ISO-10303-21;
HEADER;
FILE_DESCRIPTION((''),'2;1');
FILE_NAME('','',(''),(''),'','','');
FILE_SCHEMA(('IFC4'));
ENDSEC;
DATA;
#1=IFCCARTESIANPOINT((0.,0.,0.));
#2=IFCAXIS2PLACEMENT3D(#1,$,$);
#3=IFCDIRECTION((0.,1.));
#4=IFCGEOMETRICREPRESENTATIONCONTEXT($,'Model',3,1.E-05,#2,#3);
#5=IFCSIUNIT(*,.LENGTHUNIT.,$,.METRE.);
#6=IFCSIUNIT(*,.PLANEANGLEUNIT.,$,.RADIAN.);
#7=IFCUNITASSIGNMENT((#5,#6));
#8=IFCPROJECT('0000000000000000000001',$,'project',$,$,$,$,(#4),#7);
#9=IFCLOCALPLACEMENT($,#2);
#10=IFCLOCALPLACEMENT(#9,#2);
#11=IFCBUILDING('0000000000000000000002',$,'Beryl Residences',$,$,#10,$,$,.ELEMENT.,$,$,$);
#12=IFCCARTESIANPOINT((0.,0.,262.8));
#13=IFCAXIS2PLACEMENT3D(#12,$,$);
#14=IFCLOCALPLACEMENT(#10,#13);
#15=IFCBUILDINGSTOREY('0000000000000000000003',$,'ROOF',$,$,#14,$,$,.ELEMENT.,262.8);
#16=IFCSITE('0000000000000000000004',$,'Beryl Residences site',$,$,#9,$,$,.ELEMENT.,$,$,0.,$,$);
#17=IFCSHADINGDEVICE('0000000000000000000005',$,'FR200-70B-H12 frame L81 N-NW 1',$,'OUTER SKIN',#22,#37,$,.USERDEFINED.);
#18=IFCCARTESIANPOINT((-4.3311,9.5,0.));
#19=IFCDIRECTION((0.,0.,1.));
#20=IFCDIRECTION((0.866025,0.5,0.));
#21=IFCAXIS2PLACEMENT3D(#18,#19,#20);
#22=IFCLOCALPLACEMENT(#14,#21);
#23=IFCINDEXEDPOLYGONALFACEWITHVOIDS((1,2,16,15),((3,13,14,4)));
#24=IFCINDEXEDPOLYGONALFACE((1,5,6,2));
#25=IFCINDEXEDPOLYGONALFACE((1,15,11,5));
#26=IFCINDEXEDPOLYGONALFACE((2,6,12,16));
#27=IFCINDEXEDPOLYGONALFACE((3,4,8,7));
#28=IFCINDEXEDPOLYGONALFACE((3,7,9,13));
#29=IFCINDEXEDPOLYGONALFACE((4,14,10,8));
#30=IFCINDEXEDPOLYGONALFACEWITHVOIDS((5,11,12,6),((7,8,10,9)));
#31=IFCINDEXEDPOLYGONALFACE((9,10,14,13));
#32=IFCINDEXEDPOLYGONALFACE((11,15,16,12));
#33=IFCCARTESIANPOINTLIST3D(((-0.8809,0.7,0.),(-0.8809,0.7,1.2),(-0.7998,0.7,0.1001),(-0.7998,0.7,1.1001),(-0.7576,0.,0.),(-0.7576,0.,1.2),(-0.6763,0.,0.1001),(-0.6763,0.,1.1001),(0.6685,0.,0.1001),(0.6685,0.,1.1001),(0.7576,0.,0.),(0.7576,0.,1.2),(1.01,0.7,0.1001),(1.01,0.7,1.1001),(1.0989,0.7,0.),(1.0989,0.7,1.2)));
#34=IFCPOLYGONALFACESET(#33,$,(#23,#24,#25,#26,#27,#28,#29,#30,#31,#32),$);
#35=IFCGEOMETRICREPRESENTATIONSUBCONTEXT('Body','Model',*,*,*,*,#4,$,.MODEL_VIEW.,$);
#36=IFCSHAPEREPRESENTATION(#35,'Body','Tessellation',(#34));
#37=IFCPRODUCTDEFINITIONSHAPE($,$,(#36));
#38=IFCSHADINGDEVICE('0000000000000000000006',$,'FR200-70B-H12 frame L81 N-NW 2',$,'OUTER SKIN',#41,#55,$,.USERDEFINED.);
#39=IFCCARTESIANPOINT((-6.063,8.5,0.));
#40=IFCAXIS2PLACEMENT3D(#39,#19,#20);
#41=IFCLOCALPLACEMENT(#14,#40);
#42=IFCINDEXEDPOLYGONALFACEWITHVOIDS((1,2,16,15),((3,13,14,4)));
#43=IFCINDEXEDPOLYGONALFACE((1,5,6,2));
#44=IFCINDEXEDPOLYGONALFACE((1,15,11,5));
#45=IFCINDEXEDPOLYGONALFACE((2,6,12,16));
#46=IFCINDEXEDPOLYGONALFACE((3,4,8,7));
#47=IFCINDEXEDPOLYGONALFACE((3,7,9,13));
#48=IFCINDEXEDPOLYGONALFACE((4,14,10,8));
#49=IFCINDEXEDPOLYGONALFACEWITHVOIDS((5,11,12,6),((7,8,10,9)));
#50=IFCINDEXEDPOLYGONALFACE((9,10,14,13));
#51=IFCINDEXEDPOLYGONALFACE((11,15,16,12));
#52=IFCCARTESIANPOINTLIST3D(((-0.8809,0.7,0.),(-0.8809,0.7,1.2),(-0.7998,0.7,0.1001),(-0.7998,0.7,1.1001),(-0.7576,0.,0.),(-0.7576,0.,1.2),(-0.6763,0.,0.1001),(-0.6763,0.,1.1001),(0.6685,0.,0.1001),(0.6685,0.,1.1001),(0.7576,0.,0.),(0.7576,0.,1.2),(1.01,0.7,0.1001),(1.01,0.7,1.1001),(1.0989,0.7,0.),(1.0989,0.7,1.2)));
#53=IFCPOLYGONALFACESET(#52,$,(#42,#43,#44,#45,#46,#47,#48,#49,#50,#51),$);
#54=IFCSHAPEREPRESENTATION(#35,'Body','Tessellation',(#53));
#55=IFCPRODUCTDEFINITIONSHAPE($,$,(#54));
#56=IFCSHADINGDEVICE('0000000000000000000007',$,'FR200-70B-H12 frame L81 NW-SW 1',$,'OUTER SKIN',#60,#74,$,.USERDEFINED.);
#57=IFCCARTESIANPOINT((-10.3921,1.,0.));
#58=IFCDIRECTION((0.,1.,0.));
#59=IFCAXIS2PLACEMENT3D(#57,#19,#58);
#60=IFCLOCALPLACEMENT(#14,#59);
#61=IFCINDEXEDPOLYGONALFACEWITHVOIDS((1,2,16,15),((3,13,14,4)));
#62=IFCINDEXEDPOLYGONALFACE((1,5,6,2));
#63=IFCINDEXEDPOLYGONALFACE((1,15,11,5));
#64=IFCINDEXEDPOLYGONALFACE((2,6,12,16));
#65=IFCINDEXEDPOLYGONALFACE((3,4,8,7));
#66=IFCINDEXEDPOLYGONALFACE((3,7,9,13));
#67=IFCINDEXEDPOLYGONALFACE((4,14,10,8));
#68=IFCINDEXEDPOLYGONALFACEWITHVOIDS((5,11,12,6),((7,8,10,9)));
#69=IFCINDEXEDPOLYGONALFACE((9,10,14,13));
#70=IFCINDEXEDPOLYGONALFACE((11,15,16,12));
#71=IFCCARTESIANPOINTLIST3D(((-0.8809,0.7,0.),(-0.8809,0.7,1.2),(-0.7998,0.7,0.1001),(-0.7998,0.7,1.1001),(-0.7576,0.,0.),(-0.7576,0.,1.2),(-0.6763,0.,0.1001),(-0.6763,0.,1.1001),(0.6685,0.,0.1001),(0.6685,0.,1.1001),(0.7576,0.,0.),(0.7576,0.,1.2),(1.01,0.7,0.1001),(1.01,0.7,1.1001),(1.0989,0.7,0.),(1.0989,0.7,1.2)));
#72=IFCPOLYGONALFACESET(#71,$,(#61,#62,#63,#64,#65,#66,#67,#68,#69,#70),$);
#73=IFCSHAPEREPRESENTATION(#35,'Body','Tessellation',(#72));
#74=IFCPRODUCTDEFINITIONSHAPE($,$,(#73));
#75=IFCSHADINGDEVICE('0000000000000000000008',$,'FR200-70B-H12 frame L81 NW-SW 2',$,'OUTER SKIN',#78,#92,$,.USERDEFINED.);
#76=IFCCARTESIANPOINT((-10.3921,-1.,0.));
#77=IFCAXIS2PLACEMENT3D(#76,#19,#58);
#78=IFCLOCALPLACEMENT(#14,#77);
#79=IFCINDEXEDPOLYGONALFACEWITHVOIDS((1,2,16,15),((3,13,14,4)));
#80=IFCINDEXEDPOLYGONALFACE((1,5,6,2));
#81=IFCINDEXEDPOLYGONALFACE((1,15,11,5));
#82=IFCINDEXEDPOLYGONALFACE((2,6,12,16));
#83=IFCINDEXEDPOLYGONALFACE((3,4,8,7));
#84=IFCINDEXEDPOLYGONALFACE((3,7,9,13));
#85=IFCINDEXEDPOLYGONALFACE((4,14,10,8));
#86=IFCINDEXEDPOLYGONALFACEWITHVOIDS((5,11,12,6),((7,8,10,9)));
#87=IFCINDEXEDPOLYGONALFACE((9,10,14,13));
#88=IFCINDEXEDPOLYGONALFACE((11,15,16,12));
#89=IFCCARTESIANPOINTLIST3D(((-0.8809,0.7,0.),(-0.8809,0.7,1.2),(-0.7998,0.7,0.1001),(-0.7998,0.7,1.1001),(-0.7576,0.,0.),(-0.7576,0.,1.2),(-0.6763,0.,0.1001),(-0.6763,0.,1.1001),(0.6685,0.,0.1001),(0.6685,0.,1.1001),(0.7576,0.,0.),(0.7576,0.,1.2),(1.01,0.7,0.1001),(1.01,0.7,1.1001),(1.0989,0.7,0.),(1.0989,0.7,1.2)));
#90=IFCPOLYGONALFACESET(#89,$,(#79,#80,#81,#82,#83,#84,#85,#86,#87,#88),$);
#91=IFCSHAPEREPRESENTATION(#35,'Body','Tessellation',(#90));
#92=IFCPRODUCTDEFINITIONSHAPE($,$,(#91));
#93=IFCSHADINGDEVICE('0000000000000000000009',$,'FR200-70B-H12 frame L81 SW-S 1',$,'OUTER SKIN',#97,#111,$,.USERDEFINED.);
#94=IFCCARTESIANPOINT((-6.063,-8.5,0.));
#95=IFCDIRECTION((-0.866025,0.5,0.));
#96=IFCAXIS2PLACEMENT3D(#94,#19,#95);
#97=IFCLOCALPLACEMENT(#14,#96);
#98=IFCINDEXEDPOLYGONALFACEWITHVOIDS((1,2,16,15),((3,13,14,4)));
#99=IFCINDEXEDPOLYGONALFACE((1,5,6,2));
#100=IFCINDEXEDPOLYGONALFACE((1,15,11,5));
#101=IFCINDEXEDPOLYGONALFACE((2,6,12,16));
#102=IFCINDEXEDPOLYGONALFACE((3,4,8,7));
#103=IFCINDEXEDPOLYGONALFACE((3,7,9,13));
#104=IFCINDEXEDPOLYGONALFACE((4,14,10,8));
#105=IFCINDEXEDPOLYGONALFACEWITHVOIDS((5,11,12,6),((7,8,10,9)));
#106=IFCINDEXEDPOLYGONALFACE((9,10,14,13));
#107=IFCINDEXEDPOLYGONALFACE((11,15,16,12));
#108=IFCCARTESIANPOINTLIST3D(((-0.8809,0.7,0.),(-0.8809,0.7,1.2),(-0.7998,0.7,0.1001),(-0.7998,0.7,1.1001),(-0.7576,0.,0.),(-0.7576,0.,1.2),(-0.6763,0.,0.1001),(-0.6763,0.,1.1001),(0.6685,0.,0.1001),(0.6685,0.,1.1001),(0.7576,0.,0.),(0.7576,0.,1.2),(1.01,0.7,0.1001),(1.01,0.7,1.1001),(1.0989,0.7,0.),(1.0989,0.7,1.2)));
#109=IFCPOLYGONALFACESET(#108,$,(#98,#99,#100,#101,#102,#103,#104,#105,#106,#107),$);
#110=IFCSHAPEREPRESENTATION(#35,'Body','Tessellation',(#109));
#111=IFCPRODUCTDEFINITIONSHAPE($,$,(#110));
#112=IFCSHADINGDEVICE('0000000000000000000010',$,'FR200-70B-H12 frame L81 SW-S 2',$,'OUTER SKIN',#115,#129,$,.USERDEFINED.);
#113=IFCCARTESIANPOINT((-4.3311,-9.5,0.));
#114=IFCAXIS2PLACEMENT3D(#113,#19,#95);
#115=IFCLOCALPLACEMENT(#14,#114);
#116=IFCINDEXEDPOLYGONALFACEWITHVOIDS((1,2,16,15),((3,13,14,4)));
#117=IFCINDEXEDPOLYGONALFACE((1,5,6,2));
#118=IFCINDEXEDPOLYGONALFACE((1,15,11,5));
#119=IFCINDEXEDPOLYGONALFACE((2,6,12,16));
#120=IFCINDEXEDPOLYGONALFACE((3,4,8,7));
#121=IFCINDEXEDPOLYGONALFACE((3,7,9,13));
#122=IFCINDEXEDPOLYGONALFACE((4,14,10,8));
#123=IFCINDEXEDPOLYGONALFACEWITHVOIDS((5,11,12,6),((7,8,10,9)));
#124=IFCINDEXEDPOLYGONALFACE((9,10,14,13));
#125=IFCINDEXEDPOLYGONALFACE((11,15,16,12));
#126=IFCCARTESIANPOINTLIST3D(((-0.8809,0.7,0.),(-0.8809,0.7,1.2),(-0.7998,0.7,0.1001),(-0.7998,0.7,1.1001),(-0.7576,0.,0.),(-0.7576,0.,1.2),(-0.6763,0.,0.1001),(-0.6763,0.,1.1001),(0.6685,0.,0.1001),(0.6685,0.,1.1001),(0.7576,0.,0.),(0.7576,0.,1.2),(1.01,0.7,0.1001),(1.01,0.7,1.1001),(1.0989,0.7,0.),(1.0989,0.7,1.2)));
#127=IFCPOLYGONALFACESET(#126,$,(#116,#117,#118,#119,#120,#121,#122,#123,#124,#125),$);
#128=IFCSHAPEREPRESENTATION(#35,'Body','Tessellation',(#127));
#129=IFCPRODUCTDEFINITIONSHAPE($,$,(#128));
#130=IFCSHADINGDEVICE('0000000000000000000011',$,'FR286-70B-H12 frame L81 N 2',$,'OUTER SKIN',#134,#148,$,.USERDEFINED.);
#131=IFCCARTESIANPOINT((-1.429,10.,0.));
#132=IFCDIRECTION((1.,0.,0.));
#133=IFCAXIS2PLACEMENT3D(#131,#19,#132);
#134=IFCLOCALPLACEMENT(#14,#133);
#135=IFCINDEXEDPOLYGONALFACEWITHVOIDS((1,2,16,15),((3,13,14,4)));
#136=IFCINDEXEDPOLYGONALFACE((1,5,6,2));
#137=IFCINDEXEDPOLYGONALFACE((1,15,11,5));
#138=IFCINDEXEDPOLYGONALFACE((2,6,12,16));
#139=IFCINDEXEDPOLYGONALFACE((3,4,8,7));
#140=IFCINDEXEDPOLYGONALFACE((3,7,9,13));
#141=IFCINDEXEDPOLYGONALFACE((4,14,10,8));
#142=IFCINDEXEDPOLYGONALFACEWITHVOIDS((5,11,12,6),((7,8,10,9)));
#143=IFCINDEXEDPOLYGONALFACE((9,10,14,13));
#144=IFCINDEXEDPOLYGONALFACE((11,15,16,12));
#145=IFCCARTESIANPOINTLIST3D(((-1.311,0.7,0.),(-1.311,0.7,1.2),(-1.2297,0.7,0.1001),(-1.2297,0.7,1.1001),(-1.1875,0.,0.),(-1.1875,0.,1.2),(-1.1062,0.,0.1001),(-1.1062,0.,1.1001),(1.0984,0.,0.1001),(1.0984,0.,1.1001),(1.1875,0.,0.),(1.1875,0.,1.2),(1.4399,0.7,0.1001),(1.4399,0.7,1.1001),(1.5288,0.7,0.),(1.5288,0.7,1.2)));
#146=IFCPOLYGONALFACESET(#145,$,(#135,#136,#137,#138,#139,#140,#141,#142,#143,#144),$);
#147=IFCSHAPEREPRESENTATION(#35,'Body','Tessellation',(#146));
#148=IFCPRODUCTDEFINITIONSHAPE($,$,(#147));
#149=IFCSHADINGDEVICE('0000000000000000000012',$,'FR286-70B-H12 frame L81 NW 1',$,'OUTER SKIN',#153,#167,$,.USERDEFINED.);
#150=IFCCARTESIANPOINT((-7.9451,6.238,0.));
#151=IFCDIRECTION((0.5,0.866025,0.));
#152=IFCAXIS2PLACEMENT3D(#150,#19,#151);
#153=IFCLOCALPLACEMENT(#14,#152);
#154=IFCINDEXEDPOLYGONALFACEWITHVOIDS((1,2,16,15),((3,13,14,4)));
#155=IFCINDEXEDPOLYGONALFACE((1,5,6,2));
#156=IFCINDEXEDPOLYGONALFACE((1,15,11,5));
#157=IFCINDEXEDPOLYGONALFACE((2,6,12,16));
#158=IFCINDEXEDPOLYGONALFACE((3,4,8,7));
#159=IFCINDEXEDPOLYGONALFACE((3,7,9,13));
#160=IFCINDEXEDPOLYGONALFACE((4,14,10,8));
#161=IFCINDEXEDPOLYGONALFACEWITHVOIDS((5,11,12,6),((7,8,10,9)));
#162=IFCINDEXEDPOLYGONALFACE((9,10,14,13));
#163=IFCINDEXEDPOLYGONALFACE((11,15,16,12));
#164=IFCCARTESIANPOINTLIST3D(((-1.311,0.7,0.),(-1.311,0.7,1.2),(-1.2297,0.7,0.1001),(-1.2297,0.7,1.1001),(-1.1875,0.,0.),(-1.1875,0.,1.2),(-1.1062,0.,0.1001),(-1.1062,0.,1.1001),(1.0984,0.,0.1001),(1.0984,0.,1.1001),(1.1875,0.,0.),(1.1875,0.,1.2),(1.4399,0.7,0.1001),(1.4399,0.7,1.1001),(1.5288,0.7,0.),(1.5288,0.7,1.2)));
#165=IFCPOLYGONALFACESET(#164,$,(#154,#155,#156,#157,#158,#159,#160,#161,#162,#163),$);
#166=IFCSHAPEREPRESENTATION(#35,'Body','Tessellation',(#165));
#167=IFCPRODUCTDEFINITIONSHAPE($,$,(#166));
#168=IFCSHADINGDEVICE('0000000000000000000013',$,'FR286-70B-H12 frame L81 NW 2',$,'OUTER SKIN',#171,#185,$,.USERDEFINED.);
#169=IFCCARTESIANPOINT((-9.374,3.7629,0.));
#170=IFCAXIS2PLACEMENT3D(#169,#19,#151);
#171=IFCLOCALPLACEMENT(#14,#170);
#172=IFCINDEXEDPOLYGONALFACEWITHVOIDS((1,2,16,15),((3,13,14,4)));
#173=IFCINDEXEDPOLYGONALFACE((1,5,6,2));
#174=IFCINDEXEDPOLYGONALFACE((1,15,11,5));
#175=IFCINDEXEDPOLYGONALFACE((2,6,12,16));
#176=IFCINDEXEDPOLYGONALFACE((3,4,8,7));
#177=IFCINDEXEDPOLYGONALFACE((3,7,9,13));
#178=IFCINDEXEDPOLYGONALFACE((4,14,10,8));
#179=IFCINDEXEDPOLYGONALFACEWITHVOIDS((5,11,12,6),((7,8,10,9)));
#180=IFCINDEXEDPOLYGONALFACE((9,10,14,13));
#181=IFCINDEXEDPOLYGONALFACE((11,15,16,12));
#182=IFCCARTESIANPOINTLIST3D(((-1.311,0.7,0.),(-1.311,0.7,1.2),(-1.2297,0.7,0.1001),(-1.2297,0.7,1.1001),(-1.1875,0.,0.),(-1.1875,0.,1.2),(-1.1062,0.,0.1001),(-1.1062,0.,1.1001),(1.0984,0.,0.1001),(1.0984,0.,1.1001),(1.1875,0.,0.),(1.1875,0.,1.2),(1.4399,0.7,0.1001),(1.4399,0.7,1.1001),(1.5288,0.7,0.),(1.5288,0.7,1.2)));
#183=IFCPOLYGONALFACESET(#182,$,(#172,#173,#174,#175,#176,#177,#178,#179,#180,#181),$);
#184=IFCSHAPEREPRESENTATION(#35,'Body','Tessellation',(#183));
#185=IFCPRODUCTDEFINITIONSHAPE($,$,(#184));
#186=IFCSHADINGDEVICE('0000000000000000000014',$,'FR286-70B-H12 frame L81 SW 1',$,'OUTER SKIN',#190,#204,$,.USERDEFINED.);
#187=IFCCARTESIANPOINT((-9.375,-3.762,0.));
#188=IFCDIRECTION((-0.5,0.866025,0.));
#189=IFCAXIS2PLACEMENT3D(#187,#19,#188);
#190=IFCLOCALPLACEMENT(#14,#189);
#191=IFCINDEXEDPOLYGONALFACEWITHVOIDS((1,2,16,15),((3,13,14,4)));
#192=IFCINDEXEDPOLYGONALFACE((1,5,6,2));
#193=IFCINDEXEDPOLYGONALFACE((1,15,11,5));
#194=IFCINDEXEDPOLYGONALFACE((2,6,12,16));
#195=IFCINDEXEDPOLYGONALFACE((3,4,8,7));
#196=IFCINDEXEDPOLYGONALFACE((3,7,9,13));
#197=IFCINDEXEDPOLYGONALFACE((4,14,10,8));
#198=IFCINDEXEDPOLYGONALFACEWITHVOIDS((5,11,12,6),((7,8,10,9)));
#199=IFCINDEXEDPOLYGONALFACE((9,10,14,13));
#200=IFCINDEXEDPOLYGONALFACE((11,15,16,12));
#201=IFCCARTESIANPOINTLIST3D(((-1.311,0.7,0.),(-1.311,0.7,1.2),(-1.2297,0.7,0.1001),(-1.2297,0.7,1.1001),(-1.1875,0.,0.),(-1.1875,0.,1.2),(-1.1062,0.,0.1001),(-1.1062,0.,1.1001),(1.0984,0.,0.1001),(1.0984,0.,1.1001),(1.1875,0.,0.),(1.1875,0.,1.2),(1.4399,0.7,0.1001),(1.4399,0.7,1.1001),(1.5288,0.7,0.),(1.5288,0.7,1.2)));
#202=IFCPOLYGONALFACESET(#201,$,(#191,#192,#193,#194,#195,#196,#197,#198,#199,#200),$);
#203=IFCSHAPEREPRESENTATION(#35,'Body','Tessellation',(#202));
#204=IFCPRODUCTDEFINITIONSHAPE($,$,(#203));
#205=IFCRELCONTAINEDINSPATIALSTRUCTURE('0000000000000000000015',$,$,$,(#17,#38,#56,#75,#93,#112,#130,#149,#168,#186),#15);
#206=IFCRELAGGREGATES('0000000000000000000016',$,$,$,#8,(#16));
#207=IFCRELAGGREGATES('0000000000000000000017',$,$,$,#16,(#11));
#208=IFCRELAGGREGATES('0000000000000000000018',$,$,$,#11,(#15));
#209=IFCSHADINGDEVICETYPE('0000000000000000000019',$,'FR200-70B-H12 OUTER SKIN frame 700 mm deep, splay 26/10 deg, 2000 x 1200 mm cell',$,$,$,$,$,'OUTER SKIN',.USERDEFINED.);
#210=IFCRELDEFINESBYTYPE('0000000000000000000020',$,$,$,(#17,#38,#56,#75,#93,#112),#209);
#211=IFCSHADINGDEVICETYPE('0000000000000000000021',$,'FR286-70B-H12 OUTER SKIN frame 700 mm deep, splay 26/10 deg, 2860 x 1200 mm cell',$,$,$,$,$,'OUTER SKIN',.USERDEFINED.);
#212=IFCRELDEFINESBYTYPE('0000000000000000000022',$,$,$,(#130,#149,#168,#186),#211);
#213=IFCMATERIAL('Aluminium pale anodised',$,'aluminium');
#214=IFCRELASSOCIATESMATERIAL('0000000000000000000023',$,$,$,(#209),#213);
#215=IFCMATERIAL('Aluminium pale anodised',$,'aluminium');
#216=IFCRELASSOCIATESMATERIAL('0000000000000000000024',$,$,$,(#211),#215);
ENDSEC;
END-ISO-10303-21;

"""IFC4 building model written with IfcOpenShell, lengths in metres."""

from ifc_helpers import new_model, entity, si_unit, direction, frame, origin, place, context, subcontext, project, spatial, source, transform, mapped, material, type_object, type_shapes, element, save


model = new_model("IFC4")

# Units and contexts
model_context = context("Model", 3, precision=1e-05, world=origin(), true_north=direction((0.0, 1.0)))
body_context = subcontext(model_context, "Body", "Model", "MODEL_VIEW")
ifc_project = project(units=[si_unit("LENGTHUNIT", "METRE"), si_unit("PLANEANGLEUNIT", "RADIAN")], contexts=[model_context])

# Site, building, storey
site_placement = place(None, origin())
site = spatial("IfcSite", under=ifc_project, at=site_placement, Name="Beryl Residences site", CompositionType="ELEMENT", RefElevation=0.0)
building_placement = place(site_placement, origin())
building = spatial("IfcBuilding", under=site, at=building_placement, Name="Beryl Residences", CompositionType="ELEMENT")
storey_placement = place(building_placement, frame((0.0, 0.0, 262.8)))
storey = spatial("IfcBuildingStorey", under=building, at=storey_placement, Name="ROOF", CompositionType="ELEMENT", Elevation=262.8)

# Shading devices
ifc_material_1 = material(Name="Aluminium pale anodised", Category="aluminium")
shading_device_type_1 = type_object("IfcShadingDeviceType", Name="FR200-70B-H12 OUTER SKIN frame 700 mm deep, splay 26/10 deg, 2000 x 1200 mm cell", ElementType="OUTER SKIN", PredefinedType="USERDEFINED", material=ifc_material_1)
cartesian_point_1 = entity("IfcCartesianPoint", [-0.7576, 0.0])
cartesian_point_2 = entity("IfcCartesianPoint", [-0.6685, 0.1001])
cartesian_point_3 = entity("IfcCartesianPoint", [-1.0989, 0.0])
cartesian_point_4 = entity("IfcCartesianPoint", [-1.01, 0.1001])
shared_shape_1 = source(origin(), body_context, "Body", "SweptSolid", [
    entity("IfcExtrudedAreaSolidTapered", entity("IfcArbitraryProfileDefWithVoids", "AREA", None, entity("IfcPolyline", [cartesian_point_1, entity("IfcCartesianPoint", [0.7576, 0.0]), entity("IfcCartesianPoint", [0.7576, 1.2]), entity("IfcCartesianPoint", [-0.7576, 1.2]), cartesian_point_1]), [entity("IfcPolyline", [cartesian_point_2, entity("IfcCartesianPoint", [0.6763, 0.1001]), entity("IfcCartesianPoint", [0.6763, 1.1001]), entity("IfcCartesianPoint", [-0.6685, 1.1001]), cartesian_point_2])]), entity("IfcAxis2Placement3D", entity("IfcCartesianPoint", [0.0, 0.0, 0.0]), entity("IfcDirection", [0.0, 1.0, 0.0]), entity("IfcDirection", [-1.0, 0.0, 0.0])), entity("IfcDirection", [0.0, 0.0, 1.0]), 0.7, entity("IfcArbitraryProfileDefWithVoids", "AREA", None, entity("IfcPolyline", [cartesian_point_3, entity("IfcCartesianPoint", [0.8809, 0.0]), entity("IfcCartesianPoint", [0.8809, 1.2]), entity("IfcCartesianPoint", [-1.0989, 1.2]), cartesian_point_3]), [entity("IfcPolyline", [cartesian_point_4, entity("IfcCartesianPoint", [0.7998, 0.1001]), entity("IfcCartesianPoint", [0.7998, 1.1001]), entity("IfcCartesianPoint", [-1.01, 1.1001]), cartesian_point_4])])),
])
type_shapes(shading_device_type_1, [shared_shape_1])
for number, where, z_axis, x_axis, name in (
    (1, (-4.3311, 9.5, 0.0), (0.0, 0.0, 1.0), (0.866025, 0.5, 0.0), "FR200-70B-H12 frame L81 N-NW 1"),
    (2, (-6.063, 8.5, 0.0), (0.0, 0.0, 1.0), (0.866025, 0.5, 0.0), "FR200-70B-H12 frame L81 N-NW 2"),
    (3, (-10.3921, 1.0, 0.0), (0.0, 0.0, 1.0), (0.0, 1.0, 0.0), "FR200-70B-H12 frame L81 NW-SW 1"),
    (4, (-10.3921, -1.0, 0.0), (0.0, 0.0, 1.0), (0.0, 1.0, 0.0), "FR200-70B-H12 frame L81 NW-SW 2"),
    (5, (-6.063, -8.5, 0.0), (0.0, 0.0, 1.0), (-0.866025, 0.5, 0.0), "FR200-70B-H12 frame L81 SW-S 1"),
    (6, (-4.3311, -9.5, 0.0), (0.0, 0.0, 1.0), (-0.866025, 0.5, 0.0), "FR200-70B-H12 frame L81 SW-S 2"),
):
    element("IfcShadingDevice", number, at=place(storey_placement, frame(where, z_axis=z_axis, x_axis=x_axis)), inside=storey, type_object=shading_device_type_1, Name=name, ObjectType="OUTER SKIN", PredefinedType="USERDEFINED", context=body_context, shape_type="MappedRepresentation", body=[
        mapped(shared_shape_1, transform((0.0, 0.0, 0.0))),
    ])
ifc_material_2 = material(Name="Aluminium pale anodised", Category="aluminium")
shading_device_type_2 = type_object("IfcShadingDeviceType", Name="FR286-70B-H12 OUTER SKIN frame 700 mm deep, splay 26/10 deg, 2860 x 1200 mm cell", ElementType="OUTER SKIN", PredefinedType="USERDEFINED", material=ifc_material_2)
cartesian_point_5 = entity("IfcCartesianPoint", [-1.1875, 0.0])
cartesian_point_6 = entity("IfcCartesianPoint", [-1.0984, 0.1001])
cartesian_point_7 = entity("IfcCartesianPoint", [-1.5288, 0.0])
cartesian_point_8 = entity("IfcCartesianPoint", [-1.4399, 0.1001])
shared_shape_2 = source(origin(), body_context, "Body", "SweptSolid", [
    entity("IfcExtrudedAreaSolidTapered", entity("IfcArbitraryProfileDefWithVoids", "AREA", None, entity("IfcPolyline", [cartesian_point_5, entity("IfcCartesianPoint", [1.1875, 0.0]), entity("IfcCartesianPoint", [1.1875, 1.2]), entity("IfcCartesianPoint", [-1.1875, 1.2]), cartesian_point_5]), [entity("IfcPolyline", [cartesian_point_6, entity("IfcCartesianPoint", [1.1062, 0.1001]), entity("IfcCartesianPoint", [1.1062, 1.1001]), entity("IfcCartesianPoint", [-1.0984, 1.1001]), cartesian_point_6])]), entity("IfcAxis2Placement3D", entity("IfcCartesianPoint", [0.0, 0.0, 0.0]), entity("IfcDirection", [0.0, 1.0, 0.0]), entity("IfcDirection", [-1.0, 0.0, 0.0])), entity("IfcDirection", [0.0, 0.0, 1.0]), 0.7, entity("IfcArbitraryProfileDefWithVoids", "AREA", None, entity("IfcPolyline", [cartesian_point_7, entity("IfcCartesianPoint", [1.311, 0.0]), entity("IfcCartesianPoint", [1.311, 1.2]), entity("IfcCartesianPoint", [-1.5288, 1.2]), cartesian_point_7]), [entity("IfcPolyline", [cartesian_point_8, entity("IfcCartesianPoint", [1.2297, 0.1001]), entity("IfcCartesianPoint", [1.2297, 1.1001]), entity("IfcCartesianPoint", [-1.4399, 1.1001]), cartesian_point_8])])),
])
type_shapes(shading_device_type_2, [shared_shape_2])
for number, where, z_axis, x_axis, name in (
    (7, (-1.429, 10.0, 0.0), (0.0, 0.0, 1.0), (1.0, 0.0, 0.0), "FR286-70B-H12 frame L81 N 2"),
    (8, (-7.9451, 6.238, 0.0), (0.0, 0.0, 1.0), (0.5, 0.866025, 0.0), "FR286-70B-H12 frame L81 NW 1"),
    (9, (-9.374, 3.7629, 0.0), (0.0, 0.0, 1.0), (0.5, 0.866025, 0.0), "FR286-70B-H12 frame L81 NW 2"),
    (10, (-9.375, -3.762, 0.0), (0.0, 0.0, 1.0), (-0.5, 0.866025, 0.0), "FR286-70B-H12 frame L81 SW 1"),
):
    element("IfcShadingDevice", number, at=place(storey_placement, frame(where, z_axis=z_axis, x_axis=x_axis)), inside=storey, type_object=shading_device_type_2, Name=name, ObjectType="OUTER SKIN", PredefinedType="USERDEFINED", context=body_context, shape_type="MappedRepresentation", body=[
        mapped(shared_shape_2, transform((0.0, 0.0, 0.0))),
    ])

save(model, "model.ifc")
